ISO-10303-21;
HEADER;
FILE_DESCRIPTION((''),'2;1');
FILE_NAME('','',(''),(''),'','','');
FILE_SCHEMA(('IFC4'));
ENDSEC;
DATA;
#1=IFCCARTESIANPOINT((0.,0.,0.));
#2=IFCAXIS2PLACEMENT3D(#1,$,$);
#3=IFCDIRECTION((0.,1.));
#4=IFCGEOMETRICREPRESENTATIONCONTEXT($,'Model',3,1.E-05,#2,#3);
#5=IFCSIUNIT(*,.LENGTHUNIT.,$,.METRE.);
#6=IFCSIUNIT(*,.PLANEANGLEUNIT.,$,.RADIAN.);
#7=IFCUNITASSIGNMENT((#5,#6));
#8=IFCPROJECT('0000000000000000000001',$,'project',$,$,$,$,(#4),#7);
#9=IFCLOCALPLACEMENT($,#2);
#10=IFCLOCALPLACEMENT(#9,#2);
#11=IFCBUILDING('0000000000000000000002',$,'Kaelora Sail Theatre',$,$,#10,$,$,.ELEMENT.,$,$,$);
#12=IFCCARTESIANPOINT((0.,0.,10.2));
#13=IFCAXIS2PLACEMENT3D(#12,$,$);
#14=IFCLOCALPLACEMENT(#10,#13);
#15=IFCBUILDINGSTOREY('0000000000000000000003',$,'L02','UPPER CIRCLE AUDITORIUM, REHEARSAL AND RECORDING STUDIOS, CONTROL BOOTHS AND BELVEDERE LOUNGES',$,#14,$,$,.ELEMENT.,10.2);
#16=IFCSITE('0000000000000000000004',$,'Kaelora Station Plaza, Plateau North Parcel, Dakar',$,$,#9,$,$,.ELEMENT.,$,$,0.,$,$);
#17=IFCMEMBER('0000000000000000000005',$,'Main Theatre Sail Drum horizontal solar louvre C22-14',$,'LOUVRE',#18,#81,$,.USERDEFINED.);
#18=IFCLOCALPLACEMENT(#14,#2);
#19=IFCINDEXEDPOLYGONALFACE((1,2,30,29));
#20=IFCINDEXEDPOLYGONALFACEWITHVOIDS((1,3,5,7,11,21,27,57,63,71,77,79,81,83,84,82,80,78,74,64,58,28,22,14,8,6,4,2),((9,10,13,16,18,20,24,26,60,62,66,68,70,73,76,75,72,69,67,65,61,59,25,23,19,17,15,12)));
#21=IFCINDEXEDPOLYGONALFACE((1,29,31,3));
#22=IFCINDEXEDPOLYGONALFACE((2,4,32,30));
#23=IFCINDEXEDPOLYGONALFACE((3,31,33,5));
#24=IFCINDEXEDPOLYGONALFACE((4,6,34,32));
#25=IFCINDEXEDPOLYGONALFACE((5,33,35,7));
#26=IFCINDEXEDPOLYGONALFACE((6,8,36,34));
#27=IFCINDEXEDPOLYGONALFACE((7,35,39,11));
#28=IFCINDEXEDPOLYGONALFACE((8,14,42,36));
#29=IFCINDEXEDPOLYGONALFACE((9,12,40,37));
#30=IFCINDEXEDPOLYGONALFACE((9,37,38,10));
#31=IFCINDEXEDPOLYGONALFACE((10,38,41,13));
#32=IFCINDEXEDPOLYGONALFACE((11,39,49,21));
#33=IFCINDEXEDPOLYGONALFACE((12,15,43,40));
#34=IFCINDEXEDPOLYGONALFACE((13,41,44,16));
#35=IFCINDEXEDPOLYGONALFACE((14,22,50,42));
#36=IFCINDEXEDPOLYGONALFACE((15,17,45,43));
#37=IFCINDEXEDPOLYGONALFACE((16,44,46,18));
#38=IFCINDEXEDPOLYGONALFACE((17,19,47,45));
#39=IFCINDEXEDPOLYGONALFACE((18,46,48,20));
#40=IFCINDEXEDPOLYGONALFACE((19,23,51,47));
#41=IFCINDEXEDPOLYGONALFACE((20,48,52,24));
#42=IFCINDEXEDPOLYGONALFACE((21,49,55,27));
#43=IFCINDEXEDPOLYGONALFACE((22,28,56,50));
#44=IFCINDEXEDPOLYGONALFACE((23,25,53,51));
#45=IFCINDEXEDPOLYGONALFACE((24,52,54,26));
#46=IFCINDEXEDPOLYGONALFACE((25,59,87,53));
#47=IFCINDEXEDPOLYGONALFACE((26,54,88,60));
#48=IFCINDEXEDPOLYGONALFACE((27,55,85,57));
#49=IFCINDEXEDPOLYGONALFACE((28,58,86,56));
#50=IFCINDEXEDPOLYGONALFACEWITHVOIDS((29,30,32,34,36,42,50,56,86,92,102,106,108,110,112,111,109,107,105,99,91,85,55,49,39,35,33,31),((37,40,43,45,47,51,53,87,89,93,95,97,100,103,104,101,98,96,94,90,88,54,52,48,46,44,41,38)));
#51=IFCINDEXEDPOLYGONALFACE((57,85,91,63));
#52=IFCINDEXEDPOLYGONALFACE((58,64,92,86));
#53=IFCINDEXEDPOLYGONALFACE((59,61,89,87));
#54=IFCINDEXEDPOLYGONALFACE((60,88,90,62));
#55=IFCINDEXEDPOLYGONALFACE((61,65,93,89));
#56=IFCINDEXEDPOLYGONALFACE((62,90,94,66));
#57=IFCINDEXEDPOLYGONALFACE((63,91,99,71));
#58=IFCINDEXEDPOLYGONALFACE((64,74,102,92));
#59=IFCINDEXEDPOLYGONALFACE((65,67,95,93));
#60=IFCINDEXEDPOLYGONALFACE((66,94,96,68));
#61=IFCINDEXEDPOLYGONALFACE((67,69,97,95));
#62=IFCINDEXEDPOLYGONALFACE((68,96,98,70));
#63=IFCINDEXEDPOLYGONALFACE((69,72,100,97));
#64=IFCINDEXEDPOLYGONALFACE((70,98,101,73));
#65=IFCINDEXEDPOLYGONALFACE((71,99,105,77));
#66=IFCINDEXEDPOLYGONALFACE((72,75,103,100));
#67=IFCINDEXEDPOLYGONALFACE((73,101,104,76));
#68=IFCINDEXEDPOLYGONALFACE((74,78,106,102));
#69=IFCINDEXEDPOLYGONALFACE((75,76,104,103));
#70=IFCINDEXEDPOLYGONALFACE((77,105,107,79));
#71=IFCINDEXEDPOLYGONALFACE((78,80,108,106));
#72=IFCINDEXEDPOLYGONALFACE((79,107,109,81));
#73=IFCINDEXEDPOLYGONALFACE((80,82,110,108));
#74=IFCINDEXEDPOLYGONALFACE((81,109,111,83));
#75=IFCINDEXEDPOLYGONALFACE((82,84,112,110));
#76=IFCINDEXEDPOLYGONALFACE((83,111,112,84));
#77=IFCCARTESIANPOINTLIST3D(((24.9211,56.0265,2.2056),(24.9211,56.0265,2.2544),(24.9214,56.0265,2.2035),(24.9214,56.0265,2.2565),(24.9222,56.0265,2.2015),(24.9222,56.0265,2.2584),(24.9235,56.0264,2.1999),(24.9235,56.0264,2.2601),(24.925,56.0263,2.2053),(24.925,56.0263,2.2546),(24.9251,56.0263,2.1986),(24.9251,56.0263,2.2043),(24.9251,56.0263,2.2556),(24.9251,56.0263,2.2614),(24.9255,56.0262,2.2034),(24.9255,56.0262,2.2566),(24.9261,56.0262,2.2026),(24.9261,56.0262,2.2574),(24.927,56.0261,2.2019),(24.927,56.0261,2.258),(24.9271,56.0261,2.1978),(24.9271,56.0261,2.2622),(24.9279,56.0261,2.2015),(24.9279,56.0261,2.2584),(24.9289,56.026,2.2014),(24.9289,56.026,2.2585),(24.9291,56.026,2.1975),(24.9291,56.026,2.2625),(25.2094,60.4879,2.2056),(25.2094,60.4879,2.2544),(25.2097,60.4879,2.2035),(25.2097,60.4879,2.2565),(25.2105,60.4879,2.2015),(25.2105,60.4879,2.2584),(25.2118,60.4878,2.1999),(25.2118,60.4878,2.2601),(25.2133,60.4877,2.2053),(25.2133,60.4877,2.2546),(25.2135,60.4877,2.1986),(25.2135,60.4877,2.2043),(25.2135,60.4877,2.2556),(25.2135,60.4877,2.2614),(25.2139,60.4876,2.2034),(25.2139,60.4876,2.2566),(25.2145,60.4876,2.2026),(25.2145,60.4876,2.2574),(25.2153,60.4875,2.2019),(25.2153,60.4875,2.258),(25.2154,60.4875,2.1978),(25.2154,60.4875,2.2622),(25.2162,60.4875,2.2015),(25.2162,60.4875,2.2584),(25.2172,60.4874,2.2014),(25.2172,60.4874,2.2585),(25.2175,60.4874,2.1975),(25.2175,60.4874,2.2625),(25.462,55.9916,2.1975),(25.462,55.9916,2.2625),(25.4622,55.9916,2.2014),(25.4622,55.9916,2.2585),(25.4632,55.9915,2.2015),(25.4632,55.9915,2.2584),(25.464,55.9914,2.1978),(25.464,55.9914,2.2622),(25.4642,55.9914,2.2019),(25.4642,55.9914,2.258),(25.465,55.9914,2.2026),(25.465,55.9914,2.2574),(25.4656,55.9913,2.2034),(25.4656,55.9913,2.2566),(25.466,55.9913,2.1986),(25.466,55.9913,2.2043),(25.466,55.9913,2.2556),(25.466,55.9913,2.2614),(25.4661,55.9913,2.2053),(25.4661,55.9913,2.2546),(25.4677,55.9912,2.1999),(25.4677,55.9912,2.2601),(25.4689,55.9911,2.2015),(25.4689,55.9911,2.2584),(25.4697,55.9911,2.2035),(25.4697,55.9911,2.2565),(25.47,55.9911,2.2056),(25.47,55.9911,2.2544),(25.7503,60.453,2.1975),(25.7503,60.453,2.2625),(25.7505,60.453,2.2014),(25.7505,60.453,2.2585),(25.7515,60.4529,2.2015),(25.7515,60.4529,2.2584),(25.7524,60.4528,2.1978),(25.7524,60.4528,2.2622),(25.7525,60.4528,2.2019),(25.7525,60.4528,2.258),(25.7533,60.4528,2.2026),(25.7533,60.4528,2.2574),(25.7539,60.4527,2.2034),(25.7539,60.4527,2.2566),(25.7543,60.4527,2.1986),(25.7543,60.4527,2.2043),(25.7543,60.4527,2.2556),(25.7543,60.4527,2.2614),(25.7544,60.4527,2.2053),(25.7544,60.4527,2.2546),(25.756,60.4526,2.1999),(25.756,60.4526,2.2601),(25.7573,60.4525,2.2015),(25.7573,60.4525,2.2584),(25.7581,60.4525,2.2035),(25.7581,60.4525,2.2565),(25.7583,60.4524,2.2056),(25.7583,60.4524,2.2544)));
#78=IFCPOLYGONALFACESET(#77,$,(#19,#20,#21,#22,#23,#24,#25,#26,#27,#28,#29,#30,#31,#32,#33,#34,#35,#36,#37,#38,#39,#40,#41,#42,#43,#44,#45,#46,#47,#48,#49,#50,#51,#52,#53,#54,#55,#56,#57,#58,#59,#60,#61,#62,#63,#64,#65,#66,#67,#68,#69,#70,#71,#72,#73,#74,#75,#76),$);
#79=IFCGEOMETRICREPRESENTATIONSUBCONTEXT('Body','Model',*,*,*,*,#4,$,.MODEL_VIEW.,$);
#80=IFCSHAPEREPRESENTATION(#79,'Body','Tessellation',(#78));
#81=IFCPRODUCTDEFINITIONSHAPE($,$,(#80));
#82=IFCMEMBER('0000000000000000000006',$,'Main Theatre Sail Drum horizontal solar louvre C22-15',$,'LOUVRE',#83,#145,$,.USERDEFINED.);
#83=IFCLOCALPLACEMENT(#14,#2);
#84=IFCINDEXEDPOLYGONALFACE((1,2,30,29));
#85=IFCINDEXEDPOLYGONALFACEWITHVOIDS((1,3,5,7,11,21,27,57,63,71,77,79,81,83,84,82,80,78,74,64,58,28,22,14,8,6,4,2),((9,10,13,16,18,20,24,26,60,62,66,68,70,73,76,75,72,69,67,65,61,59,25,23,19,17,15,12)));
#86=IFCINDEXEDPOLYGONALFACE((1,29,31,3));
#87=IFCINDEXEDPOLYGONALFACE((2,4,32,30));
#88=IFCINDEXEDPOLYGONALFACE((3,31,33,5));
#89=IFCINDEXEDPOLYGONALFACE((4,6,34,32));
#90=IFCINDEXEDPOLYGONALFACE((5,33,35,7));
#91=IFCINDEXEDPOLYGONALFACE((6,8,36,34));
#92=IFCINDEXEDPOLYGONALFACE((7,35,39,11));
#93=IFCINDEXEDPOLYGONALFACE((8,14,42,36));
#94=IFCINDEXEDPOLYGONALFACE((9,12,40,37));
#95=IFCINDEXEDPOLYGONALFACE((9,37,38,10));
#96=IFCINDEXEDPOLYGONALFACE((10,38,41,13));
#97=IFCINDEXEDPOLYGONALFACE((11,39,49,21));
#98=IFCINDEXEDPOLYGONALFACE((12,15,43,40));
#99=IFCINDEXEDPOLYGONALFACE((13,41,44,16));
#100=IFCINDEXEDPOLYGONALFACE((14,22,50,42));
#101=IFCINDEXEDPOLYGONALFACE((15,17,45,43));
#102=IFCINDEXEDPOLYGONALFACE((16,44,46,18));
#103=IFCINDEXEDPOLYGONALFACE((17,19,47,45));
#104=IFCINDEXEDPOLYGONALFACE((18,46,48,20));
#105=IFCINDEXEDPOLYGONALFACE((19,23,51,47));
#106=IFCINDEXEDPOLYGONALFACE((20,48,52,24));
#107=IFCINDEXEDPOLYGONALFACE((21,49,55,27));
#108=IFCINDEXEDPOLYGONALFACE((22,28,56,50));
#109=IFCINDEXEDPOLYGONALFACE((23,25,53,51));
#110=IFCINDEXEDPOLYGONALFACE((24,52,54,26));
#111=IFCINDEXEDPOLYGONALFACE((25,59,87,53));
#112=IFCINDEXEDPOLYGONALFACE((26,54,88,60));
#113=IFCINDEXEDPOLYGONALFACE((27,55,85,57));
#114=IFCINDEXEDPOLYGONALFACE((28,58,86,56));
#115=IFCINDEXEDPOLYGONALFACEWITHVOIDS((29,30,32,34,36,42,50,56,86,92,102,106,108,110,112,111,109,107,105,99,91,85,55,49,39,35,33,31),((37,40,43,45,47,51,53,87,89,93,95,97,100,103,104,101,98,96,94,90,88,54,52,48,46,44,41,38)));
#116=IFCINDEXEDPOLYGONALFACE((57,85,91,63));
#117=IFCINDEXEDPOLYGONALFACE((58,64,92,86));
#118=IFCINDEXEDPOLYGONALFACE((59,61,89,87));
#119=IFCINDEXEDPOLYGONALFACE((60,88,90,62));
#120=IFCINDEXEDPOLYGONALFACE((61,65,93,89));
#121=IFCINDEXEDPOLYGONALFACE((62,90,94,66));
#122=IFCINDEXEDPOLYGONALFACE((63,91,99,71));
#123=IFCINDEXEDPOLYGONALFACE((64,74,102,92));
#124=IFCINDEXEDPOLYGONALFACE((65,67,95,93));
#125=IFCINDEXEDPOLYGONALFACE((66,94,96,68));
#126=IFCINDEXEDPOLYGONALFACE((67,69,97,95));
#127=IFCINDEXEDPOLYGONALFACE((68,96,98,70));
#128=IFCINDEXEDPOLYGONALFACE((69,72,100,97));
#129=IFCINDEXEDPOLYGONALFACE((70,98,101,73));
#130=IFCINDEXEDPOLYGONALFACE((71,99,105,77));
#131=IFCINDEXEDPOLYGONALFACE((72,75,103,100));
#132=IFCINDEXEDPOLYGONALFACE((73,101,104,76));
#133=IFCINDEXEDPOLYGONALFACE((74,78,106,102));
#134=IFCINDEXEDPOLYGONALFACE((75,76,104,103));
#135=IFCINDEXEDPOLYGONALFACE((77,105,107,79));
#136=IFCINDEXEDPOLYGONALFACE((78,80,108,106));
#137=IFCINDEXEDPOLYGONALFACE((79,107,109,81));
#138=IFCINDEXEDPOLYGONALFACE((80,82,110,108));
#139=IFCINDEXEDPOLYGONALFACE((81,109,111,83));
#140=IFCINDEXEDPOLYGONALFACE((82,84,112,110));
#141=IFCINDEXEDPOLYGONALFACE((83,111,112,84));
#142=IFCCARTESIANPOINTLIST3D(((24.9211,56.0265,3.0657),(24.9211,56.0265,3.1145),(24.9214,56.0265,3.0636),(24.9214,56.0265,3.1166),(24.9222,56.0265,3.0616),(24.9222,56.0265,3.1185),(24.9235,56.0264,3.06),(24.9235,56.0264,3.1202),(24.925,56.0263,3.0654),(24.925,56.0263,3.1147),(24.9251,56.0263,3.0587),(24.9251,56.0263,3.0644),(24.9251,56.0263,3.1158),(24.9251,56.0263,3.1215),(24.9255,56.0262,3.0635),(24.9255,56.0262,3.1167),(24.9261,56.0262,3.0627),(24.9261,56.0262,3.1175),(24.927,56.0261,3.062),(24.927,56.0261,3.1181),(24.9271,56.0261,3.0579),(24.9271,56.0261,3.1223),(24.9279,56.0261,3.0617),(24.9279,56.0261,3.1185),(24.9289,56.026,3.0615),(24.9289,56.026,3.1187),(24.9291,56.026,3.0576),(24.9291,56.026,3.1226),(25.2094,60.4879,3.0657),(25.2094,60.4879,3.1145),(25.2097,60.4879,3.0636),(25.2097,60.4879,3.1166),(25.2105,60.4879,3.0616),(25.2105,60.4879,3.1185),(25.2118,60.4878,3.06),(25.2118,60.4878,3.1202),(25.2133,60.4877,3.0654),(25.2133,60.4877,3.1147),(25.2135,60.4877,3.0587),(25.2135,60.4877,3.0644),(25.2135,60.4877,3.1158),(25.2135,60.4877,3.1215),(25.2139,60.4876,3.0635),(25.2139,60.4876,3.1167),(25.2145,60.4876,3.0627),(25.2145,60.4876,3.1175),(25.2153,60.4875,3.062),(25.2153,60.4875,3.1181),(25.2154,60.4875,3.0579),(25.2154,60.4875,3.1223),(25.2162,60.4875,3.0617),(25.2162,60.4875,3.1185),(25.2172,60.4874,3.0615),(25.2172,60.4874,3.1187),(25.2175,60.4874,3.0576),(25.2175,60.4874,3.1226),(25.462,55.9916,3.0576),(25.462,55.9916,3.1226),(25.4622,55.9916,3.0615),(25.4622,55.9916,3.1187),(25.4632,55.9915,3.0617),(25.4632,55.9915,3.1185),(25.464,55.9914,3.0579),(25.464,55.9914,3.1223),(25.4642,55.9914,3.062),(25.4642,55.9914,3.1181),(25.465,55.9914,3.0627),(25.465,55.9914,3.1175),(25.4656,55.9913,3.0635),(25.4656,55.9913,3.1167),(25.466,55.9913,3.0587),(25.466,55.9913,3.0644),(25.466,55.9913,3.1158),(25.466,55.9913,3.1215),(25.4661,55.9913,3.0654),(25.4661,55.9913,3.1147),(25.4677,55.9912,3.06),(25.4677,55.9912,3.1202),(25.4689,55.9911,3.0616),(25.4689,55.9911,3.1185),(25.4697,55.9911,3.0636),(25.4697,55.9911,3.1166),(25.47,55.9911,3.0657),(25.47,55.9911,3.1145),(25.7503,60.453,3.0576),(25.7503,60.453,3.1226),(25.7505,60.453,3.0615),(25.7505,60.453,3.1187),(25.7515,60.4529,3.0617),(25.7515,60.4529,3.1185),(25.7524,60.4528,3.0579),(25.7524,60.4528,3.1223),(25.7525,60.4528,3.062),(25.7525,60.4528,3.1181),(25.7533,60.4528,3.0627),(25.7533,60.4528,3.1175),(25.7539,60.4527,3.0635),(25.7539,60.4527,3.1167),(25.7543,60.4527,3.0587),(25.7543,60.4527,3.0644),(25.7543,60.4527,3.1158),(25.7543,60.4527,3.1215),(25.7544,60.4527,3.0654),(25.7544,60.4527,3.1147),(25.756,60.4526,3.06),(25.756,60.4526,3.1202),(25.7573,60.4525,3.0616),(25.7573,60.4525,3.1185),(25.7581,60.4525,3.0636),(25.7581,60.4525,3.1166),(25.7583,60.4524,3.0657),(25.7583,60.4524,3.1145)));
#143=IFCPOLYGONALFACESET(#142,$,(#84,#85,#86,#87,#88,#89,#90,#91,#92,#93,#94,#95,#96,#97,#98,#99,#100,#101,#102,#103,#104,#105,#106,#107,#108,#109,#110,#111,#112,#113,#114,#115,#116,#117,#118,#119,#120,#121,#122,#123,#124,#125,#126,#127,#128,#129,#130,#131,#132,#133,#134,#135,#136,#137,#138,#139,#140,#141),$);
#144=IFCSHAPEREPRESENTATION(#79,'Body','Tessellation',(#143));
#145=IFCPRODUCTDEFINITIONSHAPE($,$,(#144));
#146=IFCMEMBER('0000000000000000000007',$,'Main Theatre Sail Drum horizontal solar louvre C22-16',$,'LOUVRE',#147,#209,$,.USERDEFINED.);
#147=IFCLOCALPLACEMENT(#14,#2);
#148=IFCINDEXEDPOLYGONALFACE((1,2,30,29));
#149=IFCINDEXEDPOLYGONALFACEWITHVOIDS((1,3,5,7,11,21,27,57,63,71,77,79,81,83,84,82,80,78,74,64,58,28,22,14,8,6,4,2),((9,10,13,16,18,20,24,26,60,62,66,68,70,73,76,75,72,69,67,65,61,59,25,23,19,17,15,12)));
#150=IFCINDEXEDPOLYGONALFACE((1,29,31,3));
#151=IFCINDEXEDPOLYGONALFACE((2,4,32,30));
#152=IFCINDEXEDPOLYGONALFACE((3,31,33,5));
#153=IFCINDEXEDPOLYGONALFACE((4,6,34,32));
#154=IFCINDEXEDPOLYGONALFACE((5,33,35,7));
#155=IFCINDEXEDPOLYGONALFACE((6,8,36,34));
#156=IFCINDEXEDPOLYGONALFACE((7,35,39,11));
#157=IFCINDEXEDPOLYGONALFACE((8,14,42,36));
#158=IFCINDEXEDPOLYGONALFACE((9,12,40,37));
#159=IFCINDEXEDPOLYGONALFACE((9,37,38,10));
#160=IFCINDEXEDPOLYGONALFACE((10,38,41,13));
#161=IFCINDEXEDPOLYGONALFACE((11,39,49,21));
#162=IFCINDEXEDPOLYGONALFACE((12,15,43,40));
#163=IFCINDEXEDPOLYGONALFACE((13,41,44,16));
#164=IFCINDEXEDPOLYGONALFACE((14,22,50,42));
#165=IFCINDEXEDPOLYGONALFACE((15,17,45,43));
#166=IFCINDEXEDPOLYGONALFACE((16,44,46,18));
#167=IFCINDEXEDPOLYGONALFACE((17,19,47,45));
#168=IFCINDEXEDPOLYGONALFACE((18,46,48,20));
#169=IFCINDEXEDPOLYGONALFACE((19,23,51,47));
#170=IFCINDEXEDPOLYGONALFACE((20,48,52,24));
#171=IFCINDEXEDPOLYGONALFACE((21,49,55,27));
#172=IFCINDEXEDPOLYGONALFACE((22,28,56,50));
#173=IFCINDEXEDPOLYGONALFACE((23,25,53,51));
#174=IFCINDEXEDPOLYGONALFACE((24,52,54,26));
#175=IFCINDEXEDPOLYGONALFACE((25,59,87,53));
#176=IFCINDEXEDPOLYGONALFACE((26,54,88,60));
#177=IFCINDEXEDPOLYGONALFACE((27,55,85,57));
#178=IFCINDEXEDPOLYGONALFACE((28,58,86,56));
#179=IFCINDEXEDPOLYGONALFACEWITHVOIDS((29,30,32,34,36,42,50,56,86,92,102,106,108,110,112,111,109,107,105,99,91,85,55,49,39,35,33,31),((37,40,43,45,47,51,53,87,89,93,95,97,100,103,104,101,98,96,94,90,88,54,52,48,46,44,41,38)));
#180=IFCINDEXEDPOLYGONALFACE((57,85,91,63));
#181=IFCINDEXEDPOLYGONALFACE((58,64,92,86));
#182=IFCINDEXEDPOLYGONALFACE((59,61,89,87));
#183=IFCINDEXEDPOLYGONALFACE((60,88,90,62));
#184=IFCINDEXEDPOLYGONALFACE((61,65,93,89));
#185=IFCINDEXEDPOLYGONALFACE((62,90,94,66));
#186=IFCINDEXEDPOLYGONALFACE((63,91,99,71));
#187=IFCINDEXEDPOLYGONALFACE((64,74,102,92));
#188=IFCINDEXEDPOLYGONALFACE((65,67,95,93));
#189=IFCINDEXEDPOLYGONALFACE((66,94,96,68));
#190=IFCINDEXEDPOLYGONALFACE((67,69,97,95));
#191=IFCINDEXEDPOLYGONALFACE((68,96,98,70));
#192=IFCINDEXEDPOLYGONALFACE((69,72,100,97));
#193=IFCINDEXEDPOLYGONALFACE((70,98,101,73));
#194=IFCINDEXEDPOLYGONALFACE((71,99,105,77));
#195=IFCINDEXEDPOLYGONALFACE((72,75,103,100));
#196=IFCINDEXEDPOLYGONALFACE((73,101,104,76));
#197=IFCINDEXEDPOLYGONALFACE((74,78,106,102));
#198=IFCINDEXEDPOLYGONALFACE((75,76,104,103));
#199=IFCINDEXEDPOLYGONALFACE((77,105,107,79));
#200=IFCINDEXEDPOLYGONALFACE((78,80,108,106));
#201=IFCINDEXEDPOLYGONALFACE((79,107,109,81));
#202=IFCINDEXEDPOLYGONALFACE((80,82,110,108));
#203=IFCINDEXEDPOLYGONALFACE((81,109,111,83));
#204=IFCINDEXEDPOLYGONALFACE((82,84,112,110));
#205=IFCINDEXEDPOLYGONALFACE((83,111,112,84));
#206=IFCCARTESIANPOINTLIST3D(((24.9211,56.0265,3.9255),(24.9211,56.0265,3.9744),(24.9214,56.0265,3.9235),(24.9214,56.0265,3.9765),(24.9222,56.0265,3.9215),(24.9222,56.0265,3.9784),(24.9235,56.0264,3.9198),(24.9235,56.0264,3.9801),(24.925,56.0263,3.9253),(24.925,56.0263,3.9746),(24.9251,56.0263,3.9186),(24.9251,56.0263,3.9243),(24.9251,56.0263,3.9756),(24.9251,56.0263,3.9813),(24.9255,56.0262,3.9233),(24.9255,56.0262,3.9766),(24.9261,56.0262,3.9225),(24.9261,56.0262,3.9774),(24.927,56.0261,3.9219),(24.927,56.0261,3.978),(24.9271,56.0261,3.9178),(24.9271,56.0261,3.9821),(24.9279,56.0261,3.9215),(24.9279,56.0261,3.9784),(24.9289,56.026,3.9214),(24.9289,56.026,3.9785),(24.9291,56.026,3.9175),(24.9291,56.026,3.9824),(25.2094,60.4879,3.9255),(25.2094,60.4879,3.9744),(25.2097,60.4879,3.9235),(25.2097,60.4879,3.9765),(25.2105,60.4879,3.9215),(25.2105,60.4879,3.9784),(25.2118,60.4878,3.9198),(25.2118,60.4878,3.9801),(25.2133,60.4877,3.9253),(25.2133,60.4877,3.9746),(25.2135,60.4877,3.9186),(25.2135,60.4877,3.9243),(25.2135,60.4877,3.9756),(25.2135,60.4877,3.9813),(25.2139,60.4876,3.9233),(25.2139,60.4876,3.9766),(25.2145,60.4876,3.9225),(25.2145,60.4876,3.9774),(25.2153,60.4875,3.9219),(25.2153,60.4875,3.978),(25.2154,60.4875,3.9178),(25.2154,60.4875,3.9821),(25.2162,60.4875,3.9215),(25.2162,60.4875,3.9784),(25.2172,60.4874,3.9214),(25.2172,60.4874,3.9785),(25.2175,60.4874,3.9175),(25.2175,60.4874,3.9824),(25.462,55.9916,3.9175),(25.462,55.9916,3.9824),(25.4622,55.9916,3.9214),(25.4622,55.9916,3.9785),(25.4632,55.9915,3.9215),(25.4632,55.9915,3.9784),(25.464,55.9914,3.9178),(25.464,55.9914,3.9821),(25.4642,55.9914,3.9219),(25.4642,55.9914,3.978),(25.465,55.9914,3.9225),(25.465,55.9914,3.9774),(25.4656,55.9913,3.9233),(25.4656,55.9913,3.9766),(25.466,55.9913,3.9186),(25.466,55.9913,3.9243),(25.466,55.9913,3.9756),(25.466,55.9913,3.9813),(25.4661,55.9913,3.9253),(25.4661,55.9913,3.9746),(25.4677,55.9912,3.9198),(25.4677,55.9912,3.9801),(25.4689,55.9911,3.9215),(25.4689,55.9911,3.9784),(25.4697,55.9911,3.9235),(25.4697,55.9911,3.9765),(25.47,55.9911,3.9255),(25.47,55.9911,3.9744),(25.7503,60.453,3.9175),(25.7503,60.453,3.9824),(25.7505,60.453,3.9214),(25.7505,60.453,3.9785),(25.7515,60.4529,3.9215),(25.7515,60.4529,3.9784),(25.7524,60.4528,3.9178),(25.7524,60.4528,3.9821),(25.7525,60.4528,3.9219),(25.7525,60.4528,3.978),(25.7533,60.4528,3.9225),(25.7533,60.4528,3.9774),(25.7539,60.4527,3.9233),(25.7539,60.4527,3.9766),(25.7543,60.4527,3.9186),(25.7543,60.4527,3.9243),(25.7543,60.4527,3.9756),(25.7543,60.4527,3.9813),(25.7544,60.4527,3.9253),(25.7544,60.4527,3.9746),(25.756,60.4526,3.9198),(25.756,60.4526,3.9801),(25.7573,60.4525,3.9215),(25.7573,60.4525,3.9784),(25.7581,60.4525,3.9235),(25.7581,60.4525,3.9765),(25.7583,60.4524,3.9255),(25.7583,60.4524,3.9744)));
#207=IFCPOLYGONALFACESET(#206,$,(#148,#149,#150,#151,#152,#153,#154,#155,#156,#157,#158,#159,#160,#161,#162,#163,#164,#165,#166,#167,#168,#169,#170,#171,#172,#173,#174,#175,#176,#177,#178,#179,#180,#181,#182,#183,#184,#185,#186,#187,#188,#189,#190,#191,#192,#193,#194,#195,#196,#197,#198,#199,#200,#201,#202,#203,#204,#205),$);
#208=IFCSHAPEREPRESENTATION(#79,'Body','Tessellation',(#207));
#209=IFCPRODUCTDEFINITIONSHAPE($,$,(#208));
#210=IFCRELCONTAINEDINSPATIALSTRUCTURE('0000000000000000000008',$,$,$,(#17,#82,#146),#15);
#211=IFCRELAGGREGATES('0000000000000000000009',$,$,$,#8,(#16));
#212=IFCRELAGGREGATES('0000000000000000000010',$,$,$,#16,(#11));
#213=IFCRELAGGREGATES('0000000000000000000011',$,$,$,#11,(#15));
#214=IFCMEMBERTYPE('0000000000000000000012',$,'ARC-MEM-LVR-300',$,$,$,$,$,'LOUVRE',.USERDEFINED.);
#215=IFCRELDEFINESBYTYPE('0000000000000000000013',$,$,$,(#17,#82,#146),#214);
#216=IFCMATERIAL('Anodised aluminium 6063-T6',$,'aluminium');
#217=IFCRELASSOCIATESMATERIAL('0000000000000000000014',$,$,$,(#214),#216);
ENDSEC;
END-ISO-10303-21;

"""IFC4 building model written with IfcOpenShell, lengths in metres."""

from ifc_helpers import new_model, si_unit, direction, frame, origin, origin_2d, place, context, subcontext, project, spatial, hollow_rectangle, extrude, material, material_profile, profile_set, type_object, element, save


model = new_model("IFC4")

# Units and contexts
model_context = context("Model", 3, precision=1e-05, world=origin(), true_north=direction((0.0, 1.0)))
body_context = subcontext(model_context, "Body", "Model", "MODEL_VIEW")
ifc_project = project(units=[si_unit("LENGTHUNIT", "METRE"), si_unit("PLANEANGLEUNIT", "RADIAN")], contexts=[model_context])

# Site, building, storey
site_placement = place(None, origin())
site = spatial("IfcSite", under=ifc_project, at=site_placement, Name="Kaelora Station Plaza, Plateau North Parcel, Dakar", CompositionType="ELEMENT", RefElevation=0.0)
building_placement = place(site_placement, origin())
building = spatial("IfcBuilding", under=site, at=building_placement, Name="Kaelora Sail Theatre", CompositionType="ELEMENT")
storey_placement = place(building_placement, frame((0.0, 0.0, 10.2)))
storey = spatial("IfcBuildingStorey", under=building, at=storey_placement, Name="L02", Description="UPPER CIRCLE AUDITORIUM, REHEARSAL AND RECORDING STUDIOS, CONTROL BOOTHS AND BELVEDERE LOUNGES", CompositionType="ELEMENT", Elevation=10.2)

# Members
ifc_material_1 = material(Name="Anodised aluminium 6063-T6", Category="aluminium")
ifc_material_profile_1 = material_profile(ifc_material_1, hollow_rectangle(XDim=0.55, YDim=0.0649, WallThickness=0.0039, InnerFilletRadius=0.0039, OuterFilletRadius=0.0081, at=origin_2d()), Name="LOUVRE 550x65x4")
ifc_profile_set_1 = profile_set([ifc_material_profile_1], Name="Anodised aluminium 6063-T6")
member_type_1 = type_object("IfcMemberType", Name="ARC-MEM-LVR-300", ElementType="LOUVRE", PredefinedType="USERDEFINED", material=ifc_profile_set_1)
for number, where, z_axis, x_axis, name in (
    (1, (25.1956, 56.0088, 2.23), (0.064493, 0.997918, 0.0), (-0.997918, 0.064493, 0.0), "Main Theatre Sail Drum horizontal solar louvre C22-14"),
    (2, (25.1956, 56.0088, 3.0901), (0.064493, 0.997918, 0.0), (-0.997918, 0.064493, 0.0), "Main Theatre Sail Drum horizontal solar louvre C22-15"),
    (3, (25.1956, 56.0088, 3.95), (0.064493, 0.997918, 0.0), (-0.997918, 0.064493, 0.0), "Main Theatre Sail Drum horizontal solar louvre C22-16"),
):
    element("IfcMember", number, at=place(storey_placement, frame(where, z_axis=z_axis, x_axis=x_axis)), inside=storey, type_object=member_type_1, Name=name, ObjectType="LOUVRE", PredefinedType="USERDEFINED", context=body_context, shape_type="SweptSolid", body=[
        extrude(hollow_rectangle(XDim=0.55, YDim=0.0649, WallThickness=0.0039, InnerFilletRadius=0.0039, OuterFilletRadius=0.0081, at=origin_2d()), origin(), (0.0, 0.0, 1.0), 4.4707),
    ])

save(model, "model.ifc")
